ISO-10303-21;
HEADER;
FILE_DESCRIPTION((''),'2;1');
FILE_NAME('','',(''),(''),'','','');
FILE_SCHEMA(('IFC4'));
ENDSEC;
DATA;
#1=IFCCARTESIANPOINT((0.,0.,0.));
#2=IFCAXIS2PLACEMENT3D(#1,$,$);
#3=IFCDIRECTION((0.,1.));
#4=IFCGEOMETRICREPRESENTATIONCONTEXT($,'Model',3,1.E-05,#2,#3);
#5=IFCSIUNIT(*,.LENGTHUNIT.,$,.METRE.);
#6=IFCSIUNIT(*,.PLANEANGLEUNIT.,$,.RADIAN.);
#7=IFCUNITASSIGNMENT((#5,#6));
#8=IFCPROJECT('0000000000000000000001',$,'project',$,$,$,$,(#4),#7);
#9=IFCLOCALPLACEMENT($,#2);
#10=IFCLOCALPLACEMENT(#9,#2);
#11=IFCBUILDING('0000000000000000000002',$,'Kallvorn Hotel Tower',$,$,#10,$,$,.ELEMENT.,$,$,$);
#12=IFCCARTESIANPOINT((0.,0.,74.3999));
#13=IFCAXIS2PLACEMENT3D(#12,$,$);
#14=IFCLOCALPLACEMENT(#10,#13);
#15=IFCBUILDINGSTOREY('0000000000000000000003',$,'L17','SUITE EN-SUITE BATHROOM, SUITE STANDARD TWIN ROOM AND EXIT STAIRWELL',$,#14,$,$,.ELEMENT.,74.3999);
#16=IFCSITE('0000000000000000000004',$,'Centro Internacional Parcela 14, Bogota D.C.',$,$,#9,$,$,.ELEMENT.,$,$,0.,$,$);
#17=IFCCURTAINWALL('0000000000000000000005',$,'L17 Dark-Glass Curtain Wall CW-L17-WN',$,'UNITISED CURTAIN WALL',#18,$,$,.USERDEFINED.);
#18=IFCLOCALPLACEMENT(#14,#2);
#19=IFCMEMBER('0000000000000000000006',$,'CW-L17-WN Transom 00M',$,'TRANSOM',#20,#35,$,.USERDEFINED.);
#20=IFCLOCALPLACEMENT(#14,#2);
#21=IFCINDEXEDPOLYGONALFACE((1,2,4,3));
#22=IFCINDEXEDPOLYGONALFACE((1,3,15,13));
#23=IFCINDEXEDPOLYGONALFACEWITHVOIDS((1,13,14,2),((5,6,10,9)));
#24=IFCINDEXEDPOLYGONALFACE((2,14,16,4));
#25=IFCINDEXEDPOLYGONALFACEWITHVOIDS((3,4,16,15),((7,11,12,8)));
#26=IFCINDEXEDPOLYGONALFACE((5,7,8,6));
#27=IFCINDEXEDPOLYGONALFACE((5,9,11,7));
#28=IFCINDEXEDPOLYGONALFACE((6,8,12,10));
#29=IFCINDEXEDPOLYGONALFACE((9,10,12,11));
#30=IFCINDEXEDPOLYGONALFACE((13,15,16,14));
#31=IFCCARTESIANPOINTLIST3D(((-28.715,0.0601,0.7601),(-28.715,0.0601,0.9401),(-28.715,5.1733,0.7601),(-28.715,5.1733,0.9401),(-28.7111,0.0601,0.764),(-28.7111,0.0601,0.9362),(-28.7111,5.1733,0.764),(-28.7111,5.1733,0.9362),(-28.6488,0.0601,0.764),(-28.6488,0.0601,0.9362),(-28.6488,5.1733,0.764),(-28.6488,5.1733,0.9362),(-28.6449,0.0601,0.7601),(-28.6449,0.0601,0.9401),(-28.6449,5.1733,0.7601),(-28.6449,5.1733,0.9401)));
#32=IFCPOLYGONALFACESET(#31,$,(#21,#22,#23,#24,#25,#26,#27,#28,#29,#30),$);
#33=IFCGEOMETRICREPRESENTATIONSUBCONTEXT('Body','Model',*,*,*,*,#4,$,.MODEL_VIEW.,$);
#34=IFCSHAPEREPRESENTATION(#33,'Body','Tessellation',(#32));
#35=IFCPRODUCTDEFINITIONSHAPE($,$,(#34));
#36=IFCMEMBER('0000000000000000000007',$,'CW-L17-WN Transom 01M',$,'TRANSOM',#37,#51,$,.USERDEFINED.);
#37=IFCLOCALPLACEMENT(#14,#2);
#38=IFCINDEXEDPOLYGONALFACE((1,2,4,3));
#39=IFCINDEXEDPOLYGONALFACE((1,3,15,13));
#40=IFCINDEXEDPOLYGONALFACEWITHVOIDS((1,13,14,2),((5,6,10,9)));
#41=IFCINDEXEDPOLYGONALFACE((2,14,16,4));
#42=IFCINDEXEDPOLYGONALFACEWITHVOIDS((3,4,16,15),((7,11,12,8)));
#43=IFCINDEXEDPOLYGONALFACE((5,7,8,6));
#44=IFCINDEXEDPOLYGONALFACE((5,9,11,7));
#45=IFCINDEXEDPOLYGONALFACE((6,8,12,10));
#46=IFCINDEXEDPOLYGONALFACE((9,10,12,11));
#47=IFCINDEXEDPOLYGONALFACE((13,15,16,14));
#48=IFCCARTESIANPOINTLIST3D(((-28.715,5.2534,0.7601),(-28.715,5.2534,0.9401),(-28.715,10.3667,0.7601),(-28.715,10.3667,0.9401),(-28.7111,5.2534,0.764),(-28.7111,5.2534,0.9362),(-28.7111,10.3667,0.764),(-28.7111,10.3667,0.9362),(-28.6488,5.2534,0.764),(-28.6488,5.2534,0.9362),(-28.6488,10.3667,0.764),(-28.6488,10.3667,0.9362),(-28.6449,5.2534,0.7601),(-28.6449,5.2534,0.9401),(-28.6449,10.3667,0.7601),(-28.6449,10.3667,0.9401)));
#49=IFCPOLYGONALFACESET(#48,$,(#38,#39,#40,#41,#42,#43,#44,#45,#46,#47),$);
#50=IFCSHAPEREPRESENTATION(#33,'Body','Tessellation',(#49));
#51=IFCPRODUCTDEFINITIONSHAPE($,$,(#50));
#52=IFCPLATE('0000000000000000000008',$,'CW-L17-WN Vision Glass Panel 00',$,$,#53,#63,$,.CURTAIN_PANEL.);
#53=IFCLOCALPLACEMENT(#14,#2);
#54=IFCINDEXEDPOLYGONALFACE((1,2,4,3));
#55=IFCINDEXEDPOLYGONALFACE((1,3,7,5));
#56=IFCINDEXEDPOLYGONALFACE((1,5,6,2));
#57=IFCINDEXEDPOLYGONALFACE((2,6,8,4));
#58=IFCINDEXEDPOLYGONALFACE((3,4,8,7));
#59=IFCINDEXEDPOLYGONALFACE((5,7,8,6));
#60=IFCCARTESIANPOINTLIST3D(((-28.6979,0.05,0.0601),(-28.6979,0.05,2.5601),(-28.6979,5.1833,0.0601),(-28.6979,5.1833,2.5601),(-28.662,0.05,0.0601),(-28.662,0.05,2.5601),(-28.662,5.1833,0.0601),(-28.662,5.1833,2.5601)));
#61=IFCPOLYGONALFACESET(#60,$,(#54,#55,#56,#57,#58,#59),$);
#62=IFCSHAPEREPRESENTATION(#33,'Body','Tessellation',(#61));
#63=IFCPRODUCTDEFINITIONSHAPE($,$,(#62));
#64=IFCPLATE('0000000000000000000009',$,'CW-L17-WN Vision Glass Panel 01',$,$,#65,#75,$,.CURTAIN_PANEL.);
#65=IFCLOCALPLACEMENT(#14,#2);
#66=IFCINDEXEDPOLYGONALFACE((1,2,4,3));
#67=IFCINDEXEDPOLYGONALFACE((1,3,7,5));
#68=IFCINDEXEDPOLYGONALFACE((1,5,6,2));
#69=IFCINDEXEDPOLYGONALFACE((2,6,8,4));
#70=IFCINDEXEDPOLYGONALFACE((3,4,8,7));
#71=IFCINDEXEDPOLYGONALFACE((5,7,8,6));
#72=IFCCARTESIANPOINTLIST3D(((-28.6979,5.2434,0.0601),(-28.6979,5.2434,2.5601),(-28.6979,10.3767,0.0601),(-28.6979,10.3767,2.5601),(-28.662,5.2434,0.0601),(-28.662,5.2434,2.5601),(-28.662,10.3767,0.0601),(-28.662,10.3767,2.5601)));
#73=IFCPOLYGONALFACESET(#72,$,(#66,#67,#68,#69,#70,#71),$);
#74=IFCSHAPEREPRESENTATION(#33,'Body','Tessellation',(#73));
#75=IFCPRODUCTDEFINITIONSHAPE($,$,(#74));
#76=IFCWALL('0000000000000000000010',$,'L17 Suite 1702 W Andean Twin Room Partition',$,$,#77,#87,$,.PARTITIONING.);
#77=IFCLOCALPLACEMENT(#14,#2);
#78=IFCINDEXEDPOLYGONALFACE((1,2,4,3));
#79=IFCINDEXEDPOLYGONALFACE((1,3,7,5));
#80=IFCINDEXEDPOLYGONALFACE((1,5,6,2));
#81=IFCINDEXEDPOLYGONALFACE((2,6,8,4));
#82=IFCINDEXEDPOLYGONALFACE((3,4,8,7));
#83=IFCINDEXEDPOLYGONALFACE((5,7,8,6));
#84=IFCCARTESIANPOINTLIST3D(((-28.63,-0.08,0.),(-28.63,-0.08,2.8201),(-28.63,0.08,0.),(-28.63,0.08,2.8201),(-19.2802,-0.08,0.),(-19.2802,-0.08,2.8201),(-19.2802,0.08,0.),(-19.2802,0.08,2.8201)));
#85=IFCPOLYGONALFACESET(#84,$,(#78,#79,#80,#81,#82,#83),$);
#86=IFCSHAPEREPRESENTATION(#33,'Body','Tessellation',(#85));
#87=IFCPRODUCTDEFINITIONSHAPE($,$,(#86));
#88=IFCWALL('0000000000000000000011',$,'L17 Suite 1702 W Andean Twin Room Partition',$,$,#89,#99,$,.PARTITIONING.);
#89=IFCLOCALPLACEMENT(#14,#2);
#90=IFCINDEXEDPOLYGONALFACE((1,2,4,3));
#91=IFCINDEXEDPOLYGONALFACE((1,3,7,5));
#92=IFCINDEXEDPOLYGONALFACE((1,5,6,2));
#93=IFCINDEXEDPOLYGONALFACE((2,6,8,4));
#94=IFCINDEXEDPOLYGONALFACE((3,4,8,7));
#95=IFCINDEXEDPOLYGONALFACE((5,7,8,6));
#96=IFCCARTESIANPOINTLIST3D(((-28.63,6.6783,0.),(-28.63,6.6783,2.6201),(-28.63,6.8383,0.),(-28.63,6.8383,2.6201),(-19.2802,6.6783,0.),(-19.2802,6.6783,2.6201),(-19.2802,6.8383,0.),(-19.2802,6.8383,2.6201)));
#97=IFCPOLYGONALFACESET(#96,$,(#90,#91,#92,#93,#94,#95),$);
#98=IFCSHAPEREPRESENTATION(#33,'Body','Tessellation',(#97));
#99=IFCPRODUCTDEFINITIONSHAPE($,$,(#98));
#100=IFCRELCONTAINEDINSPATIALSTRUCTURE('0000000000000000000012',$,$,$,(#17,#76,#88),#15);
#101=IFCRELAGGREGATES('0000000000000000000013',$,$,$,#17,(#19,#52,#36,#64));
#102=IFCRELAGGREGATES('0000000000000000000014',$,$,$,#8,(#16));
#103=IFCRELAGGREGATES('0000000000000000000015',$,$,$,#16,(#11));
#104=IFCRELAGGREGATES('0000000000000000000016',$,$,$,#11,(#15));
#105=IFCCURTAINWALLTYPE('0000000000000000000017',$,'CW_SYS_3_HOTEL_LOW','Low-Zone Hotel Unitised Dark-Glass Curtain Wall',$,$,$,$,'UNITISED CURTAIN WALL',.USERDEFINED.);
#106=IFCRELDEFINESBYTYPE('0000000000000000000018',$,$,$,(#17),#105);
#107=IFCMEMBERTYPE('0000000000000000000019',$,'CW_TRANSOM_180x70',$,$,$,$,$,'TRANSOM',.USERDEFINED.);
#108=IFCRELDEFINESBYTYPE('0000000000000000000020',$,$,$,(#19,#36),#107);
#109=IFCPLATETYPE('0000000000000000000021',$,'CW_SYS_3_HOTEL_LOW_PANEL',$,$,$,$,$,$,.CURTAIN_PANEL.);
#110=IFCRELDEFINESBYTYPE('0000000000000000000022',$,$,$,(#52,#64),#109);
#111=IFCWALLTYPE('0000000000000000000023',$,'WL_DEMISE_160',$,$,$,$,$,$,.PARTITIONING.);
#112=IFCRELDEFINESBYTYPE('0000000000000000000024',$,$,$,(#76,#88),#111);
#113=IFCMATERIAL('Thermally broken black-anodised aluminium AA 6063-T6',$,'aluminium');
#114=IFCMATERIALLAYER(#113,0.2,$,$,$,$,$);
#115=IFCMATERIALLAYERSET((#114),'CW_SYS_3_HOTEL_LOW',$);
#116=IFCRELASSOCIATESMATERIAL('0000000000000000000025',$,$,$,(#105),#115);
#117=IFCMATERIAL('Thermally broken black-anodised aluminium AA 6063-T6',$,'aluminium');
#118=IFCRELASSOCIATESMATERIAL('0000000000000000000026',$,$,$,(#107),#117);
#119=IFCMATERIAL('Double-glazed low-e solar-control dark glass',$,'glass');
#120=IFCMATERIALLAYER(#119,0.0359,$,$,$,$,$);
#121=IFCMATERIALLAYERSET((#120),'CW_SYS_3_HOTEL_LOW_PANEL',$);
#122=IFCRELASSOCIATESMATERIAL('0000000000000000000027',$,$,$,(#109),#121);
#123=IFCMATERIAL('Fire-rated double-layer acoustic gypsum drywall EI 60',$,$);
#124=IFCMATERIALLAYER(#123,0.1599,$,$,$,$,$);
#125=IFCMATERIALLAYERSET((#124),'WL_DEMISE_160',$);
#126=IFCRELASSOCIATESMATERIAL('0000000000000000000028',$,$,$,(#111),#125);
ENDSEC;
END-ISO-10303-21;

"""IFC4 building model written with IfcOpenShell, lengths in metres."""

from ifc_helpers import new_model, si_unit, direction, frame, frame_2d, origin, origin_2d, place, context, subcontext, project, spatial, rectangle, hollow_rectangle, extrude, material, layer, layer_set, material_profile, profile_set, type_object, element, aggregate, save


model = new_model("IFC4")

# Units and contexts
model_context = context("Model", 3, precision=1e-05, world=origin(), true_north=direction((0.0, 1.0)))
body_context = subcontext(model_context, "Body", "Model", "MODEL_VIEW")
ifc_project = project(units=[si_unit("LENGTHUNIT", "METRE"), si_unit("PLANEANGLEUNIT", "RADIAN")], contexts=[model_context])

# Site, building, storey
site_placement = place(None, origin())
site = spatial("IfcSite", under=ifc_project, at=site_placement, Name="Centro Internacional Parcela 14, Bogota D.C.", CompositionType="ELEMENT", RefElevation=0.0)
building_placement = place(site_placement, origin())
building = spatial("IfcBuilding", under=site, at=building_placement, Name="Kallvorn Hotel Tower", CompositionType="ELEMENT")
storey_placement = place(building_placement, frame((0.0, 0.0, 74.3999)))
storey = spatial("IfcBuildingStorey", under=building, at=storey_placement, Name="L17", Description="SUITE EN-SUITE BATHROOM, SUITE STANDARD TWIN ROOM AND EXIT STAIRWELL", CompositionType="ELEMENT", Elevation=74.3999)

# Curtain wall, members, plates
ifc_material_1 = material(Name="Thermally broken black-anodised aluminium AA 6063-T6", Category="aluminium")
ifc_layer_1 = layer(ifc_material_1, 0.2)
ifc_layer_set_1 = layer_set([ifc_layer_1], Name="CW_SYS_3_HOTEL_LOW")
curtain_wall_type = type_object("IfcCurtainWallType", Name="CW_SYS_3_HOTEL_LOW", Description="Low-Zone Hotel Unitised Dark-Glass Curtain Wall", ElementType="UNITISED CURTAIN WALL", PredefinedType="USERDEFINED", material=ifc_layer_set_1)
curtain_wall_placement = place(storey_placement, origin())
curtain_wall = element("IfcCurtainWall", 1, at=curtain_wall_placement, inside=storey, type_object=curtain_wall_type, Name="L17 Dark-Glass Curtain Wall CW-L17-WN", ObjectType="UNITISED CURTAIN WALL", PredefinedType="USERDEFINED")
ifc_material_2 = material(Name="Thermally broken black-anodised aluminium AA 6063-T6", Category="aluminium")
ifc_material_profile_1 = material_profile(ifc_material_2, hollow_rectangle(XDim=0.0701, YDim=0.1799, WallThickness=0.0039, at=origin_2d()), Name="TRN 180x70")
ifc_profile_set_1 = profile_set([ifc_material_profile_1], Name="Thermally broken black-anodised aluminium AA 6063-T6")
member_type_1 = type_object("IfcMemberType", Name="CW_TRANSOM_180x70", ElementType="TRANSOM", PredefinedType="USERDEFINED", material=ifc_profile_set_1)
member_1_placement = place(storey_placement, frame((-28.6799, 0.0601, 0.8501), z_axis=(0.0, 1.0, 0.0), x_axis=(-1.0, 0.0, 0.0)))
member_1 = element("IfcMember", 2, at=member_1_placement, type_object=member_type_1, Name="CW-L17-WN Transom 00M", ObjectType="TRANSOM", PredefinedType="USERDEFINED", context=body_context, shape_type="SweptSolid", body=[
    extrude(hollow_rectangle(XDim=0.0701, YDim=0.1799, WallThickness=0.0039, at=origin_2d()), origin(), (0.0, 0.0, 1.0), 5.1133),
])
member_2_placement = place(storey_placement, frame((-28.6799, 5.2534, 0.8501), z_axis=(0.0, 1.0, 0.0), x_axis=(-1.0, 0.0, 0.0)))
member_2 = element("IfcMember", 3, at=member_2_placement, type_object=member_type_1, Name="CW-L17-WN Transom 01M", ObjectType="TRANSOM", PredefinedType="USERDEFINED", context=body_context, shape_type="SweptSolid", body=[
    extrude(hollow_rectangle(XDim=0.0701, YDim=0.1799, WallThickness=0.0039, at=origin_2d()), origin(), (0.0, 0.0, 1.0), 5.1133),
])
ifc_material_3 = material(Name="Double-glazed low-e solar-control dark glass", Category="glass")
ifc_layer_2 = layer(ifc_material_3, 0.0359)
ifc_layer_set_2 = layer_set([ifc_layer_2], Name="CW_SYS_3_HOTEL_LOW_PANEL")
plate_type = type_object("IfcPlateType", Name="CW_SYS_3_HOTEL_LOW_PANEL", PredefinedType="CURTAIN_PANEL", material=ifc_layer_set_2)
plate_1_placement = place(storey_placement, frame((-28.6799, 2.6167, 0.0601), z_axis=(0.0, 0.0, 1.0), x_axis=(0.0, 1.0, 0.0)))
plate_1 = element("IfcPlate", 4, at=plate_1_placement, type_object=plate_type, Name="CW-L17-WN Vision Glass Panel 00", PredefinedType="CURTAIN_PANEL", context=body_context, shape_type="SweptSolid", body=[
    extrude(rectangle(XDim=5.1333, YDim=0.0359, at=origin_2d()), origin(), (0.0, 0.0, 1.0), 2.5),
])
plate_2_placement = place(storey_placement, frame((-28.6799, 7.8101, 0.0601), z_axis=(0.0, 0.0, 1.0), x_axis=(0.0, 1.0, 0.0)))
plate_2 = element("IfcPlate", 5, at=plate_2_placement, type_object=plate_type, Name="CW-L17-WN Vision Glass Panel 01", PredefinedType="CURTAIN_PANEL", context=body_context, shape_type="SweptSolid", body=[
    extrude(rectangle(XDim=5.1333, YDim=0.0359, at=origin_2d()), origin(), (0.0, 0.0, 1.0), 2.5),
])
aggregate(curtain_wall, [member_1, plate_1, member_2, plate_2])

# Walls
ifc_material_4 = material(Name="Fire-rated double-layer acoustic gypsum drywall EI 60")
ifc_layer_3 = layer(ifc_material_4, 0.1599)
ifc_layer_set_3 = layer_set([ifc_layer_3], Name="WL_DEMISE_160")
wall_type = type_object("IfcWallType", Name="WL_DEMISE_160", PredefinedType="PARTITIONING", material=ifc_layer_set_3)
wall_1_placement = place(storey_placement, frame((-28.6299, 0.0, 0.0), z_axis=(0.0, 0.0, 1.0), x_axis=(1.0, 0.0, 0.0)))
element("IfcWall", 6, at=wall_1_placement, inside=storey, type_object=wall_type, Name="L17 Suite 1702 W Andean Twin Room Partition", PredefinedType="PARTITIONING", context=body_context, shape_type="SweptSolid", body=[
    extrude(rectangle(XDim=9.3499, YDim=0.1599, at=frame_2d((4.6748, 0.0))), origin(), (0.0, 0.0, 1.0), 2.8201),
])
wall_2_placement = place(storey_placement, frame((-28.6299, 6.7583, 0.0), z_axis=(0.0, 0.0, 1.0), x_axis=(1.0, 0.0, 0.0)))
element("IfcWall", 7, at=wall_2_placement, inside=storey, type_object=wall_type, Name="L17 Suite 1702 W Andean Twin Room Partition", PredefinedType="PARTITIONING", context=body_context, shape_type="SweptSolid", body=[
    extrude(rectangle(XDim=9.3499, YDim=0.1599, at=frame_2d((4.6748, 0.0))), origin(), (0.0, 0.0, 1.0), 2.6201),
])

save(model, "model.ifc")
